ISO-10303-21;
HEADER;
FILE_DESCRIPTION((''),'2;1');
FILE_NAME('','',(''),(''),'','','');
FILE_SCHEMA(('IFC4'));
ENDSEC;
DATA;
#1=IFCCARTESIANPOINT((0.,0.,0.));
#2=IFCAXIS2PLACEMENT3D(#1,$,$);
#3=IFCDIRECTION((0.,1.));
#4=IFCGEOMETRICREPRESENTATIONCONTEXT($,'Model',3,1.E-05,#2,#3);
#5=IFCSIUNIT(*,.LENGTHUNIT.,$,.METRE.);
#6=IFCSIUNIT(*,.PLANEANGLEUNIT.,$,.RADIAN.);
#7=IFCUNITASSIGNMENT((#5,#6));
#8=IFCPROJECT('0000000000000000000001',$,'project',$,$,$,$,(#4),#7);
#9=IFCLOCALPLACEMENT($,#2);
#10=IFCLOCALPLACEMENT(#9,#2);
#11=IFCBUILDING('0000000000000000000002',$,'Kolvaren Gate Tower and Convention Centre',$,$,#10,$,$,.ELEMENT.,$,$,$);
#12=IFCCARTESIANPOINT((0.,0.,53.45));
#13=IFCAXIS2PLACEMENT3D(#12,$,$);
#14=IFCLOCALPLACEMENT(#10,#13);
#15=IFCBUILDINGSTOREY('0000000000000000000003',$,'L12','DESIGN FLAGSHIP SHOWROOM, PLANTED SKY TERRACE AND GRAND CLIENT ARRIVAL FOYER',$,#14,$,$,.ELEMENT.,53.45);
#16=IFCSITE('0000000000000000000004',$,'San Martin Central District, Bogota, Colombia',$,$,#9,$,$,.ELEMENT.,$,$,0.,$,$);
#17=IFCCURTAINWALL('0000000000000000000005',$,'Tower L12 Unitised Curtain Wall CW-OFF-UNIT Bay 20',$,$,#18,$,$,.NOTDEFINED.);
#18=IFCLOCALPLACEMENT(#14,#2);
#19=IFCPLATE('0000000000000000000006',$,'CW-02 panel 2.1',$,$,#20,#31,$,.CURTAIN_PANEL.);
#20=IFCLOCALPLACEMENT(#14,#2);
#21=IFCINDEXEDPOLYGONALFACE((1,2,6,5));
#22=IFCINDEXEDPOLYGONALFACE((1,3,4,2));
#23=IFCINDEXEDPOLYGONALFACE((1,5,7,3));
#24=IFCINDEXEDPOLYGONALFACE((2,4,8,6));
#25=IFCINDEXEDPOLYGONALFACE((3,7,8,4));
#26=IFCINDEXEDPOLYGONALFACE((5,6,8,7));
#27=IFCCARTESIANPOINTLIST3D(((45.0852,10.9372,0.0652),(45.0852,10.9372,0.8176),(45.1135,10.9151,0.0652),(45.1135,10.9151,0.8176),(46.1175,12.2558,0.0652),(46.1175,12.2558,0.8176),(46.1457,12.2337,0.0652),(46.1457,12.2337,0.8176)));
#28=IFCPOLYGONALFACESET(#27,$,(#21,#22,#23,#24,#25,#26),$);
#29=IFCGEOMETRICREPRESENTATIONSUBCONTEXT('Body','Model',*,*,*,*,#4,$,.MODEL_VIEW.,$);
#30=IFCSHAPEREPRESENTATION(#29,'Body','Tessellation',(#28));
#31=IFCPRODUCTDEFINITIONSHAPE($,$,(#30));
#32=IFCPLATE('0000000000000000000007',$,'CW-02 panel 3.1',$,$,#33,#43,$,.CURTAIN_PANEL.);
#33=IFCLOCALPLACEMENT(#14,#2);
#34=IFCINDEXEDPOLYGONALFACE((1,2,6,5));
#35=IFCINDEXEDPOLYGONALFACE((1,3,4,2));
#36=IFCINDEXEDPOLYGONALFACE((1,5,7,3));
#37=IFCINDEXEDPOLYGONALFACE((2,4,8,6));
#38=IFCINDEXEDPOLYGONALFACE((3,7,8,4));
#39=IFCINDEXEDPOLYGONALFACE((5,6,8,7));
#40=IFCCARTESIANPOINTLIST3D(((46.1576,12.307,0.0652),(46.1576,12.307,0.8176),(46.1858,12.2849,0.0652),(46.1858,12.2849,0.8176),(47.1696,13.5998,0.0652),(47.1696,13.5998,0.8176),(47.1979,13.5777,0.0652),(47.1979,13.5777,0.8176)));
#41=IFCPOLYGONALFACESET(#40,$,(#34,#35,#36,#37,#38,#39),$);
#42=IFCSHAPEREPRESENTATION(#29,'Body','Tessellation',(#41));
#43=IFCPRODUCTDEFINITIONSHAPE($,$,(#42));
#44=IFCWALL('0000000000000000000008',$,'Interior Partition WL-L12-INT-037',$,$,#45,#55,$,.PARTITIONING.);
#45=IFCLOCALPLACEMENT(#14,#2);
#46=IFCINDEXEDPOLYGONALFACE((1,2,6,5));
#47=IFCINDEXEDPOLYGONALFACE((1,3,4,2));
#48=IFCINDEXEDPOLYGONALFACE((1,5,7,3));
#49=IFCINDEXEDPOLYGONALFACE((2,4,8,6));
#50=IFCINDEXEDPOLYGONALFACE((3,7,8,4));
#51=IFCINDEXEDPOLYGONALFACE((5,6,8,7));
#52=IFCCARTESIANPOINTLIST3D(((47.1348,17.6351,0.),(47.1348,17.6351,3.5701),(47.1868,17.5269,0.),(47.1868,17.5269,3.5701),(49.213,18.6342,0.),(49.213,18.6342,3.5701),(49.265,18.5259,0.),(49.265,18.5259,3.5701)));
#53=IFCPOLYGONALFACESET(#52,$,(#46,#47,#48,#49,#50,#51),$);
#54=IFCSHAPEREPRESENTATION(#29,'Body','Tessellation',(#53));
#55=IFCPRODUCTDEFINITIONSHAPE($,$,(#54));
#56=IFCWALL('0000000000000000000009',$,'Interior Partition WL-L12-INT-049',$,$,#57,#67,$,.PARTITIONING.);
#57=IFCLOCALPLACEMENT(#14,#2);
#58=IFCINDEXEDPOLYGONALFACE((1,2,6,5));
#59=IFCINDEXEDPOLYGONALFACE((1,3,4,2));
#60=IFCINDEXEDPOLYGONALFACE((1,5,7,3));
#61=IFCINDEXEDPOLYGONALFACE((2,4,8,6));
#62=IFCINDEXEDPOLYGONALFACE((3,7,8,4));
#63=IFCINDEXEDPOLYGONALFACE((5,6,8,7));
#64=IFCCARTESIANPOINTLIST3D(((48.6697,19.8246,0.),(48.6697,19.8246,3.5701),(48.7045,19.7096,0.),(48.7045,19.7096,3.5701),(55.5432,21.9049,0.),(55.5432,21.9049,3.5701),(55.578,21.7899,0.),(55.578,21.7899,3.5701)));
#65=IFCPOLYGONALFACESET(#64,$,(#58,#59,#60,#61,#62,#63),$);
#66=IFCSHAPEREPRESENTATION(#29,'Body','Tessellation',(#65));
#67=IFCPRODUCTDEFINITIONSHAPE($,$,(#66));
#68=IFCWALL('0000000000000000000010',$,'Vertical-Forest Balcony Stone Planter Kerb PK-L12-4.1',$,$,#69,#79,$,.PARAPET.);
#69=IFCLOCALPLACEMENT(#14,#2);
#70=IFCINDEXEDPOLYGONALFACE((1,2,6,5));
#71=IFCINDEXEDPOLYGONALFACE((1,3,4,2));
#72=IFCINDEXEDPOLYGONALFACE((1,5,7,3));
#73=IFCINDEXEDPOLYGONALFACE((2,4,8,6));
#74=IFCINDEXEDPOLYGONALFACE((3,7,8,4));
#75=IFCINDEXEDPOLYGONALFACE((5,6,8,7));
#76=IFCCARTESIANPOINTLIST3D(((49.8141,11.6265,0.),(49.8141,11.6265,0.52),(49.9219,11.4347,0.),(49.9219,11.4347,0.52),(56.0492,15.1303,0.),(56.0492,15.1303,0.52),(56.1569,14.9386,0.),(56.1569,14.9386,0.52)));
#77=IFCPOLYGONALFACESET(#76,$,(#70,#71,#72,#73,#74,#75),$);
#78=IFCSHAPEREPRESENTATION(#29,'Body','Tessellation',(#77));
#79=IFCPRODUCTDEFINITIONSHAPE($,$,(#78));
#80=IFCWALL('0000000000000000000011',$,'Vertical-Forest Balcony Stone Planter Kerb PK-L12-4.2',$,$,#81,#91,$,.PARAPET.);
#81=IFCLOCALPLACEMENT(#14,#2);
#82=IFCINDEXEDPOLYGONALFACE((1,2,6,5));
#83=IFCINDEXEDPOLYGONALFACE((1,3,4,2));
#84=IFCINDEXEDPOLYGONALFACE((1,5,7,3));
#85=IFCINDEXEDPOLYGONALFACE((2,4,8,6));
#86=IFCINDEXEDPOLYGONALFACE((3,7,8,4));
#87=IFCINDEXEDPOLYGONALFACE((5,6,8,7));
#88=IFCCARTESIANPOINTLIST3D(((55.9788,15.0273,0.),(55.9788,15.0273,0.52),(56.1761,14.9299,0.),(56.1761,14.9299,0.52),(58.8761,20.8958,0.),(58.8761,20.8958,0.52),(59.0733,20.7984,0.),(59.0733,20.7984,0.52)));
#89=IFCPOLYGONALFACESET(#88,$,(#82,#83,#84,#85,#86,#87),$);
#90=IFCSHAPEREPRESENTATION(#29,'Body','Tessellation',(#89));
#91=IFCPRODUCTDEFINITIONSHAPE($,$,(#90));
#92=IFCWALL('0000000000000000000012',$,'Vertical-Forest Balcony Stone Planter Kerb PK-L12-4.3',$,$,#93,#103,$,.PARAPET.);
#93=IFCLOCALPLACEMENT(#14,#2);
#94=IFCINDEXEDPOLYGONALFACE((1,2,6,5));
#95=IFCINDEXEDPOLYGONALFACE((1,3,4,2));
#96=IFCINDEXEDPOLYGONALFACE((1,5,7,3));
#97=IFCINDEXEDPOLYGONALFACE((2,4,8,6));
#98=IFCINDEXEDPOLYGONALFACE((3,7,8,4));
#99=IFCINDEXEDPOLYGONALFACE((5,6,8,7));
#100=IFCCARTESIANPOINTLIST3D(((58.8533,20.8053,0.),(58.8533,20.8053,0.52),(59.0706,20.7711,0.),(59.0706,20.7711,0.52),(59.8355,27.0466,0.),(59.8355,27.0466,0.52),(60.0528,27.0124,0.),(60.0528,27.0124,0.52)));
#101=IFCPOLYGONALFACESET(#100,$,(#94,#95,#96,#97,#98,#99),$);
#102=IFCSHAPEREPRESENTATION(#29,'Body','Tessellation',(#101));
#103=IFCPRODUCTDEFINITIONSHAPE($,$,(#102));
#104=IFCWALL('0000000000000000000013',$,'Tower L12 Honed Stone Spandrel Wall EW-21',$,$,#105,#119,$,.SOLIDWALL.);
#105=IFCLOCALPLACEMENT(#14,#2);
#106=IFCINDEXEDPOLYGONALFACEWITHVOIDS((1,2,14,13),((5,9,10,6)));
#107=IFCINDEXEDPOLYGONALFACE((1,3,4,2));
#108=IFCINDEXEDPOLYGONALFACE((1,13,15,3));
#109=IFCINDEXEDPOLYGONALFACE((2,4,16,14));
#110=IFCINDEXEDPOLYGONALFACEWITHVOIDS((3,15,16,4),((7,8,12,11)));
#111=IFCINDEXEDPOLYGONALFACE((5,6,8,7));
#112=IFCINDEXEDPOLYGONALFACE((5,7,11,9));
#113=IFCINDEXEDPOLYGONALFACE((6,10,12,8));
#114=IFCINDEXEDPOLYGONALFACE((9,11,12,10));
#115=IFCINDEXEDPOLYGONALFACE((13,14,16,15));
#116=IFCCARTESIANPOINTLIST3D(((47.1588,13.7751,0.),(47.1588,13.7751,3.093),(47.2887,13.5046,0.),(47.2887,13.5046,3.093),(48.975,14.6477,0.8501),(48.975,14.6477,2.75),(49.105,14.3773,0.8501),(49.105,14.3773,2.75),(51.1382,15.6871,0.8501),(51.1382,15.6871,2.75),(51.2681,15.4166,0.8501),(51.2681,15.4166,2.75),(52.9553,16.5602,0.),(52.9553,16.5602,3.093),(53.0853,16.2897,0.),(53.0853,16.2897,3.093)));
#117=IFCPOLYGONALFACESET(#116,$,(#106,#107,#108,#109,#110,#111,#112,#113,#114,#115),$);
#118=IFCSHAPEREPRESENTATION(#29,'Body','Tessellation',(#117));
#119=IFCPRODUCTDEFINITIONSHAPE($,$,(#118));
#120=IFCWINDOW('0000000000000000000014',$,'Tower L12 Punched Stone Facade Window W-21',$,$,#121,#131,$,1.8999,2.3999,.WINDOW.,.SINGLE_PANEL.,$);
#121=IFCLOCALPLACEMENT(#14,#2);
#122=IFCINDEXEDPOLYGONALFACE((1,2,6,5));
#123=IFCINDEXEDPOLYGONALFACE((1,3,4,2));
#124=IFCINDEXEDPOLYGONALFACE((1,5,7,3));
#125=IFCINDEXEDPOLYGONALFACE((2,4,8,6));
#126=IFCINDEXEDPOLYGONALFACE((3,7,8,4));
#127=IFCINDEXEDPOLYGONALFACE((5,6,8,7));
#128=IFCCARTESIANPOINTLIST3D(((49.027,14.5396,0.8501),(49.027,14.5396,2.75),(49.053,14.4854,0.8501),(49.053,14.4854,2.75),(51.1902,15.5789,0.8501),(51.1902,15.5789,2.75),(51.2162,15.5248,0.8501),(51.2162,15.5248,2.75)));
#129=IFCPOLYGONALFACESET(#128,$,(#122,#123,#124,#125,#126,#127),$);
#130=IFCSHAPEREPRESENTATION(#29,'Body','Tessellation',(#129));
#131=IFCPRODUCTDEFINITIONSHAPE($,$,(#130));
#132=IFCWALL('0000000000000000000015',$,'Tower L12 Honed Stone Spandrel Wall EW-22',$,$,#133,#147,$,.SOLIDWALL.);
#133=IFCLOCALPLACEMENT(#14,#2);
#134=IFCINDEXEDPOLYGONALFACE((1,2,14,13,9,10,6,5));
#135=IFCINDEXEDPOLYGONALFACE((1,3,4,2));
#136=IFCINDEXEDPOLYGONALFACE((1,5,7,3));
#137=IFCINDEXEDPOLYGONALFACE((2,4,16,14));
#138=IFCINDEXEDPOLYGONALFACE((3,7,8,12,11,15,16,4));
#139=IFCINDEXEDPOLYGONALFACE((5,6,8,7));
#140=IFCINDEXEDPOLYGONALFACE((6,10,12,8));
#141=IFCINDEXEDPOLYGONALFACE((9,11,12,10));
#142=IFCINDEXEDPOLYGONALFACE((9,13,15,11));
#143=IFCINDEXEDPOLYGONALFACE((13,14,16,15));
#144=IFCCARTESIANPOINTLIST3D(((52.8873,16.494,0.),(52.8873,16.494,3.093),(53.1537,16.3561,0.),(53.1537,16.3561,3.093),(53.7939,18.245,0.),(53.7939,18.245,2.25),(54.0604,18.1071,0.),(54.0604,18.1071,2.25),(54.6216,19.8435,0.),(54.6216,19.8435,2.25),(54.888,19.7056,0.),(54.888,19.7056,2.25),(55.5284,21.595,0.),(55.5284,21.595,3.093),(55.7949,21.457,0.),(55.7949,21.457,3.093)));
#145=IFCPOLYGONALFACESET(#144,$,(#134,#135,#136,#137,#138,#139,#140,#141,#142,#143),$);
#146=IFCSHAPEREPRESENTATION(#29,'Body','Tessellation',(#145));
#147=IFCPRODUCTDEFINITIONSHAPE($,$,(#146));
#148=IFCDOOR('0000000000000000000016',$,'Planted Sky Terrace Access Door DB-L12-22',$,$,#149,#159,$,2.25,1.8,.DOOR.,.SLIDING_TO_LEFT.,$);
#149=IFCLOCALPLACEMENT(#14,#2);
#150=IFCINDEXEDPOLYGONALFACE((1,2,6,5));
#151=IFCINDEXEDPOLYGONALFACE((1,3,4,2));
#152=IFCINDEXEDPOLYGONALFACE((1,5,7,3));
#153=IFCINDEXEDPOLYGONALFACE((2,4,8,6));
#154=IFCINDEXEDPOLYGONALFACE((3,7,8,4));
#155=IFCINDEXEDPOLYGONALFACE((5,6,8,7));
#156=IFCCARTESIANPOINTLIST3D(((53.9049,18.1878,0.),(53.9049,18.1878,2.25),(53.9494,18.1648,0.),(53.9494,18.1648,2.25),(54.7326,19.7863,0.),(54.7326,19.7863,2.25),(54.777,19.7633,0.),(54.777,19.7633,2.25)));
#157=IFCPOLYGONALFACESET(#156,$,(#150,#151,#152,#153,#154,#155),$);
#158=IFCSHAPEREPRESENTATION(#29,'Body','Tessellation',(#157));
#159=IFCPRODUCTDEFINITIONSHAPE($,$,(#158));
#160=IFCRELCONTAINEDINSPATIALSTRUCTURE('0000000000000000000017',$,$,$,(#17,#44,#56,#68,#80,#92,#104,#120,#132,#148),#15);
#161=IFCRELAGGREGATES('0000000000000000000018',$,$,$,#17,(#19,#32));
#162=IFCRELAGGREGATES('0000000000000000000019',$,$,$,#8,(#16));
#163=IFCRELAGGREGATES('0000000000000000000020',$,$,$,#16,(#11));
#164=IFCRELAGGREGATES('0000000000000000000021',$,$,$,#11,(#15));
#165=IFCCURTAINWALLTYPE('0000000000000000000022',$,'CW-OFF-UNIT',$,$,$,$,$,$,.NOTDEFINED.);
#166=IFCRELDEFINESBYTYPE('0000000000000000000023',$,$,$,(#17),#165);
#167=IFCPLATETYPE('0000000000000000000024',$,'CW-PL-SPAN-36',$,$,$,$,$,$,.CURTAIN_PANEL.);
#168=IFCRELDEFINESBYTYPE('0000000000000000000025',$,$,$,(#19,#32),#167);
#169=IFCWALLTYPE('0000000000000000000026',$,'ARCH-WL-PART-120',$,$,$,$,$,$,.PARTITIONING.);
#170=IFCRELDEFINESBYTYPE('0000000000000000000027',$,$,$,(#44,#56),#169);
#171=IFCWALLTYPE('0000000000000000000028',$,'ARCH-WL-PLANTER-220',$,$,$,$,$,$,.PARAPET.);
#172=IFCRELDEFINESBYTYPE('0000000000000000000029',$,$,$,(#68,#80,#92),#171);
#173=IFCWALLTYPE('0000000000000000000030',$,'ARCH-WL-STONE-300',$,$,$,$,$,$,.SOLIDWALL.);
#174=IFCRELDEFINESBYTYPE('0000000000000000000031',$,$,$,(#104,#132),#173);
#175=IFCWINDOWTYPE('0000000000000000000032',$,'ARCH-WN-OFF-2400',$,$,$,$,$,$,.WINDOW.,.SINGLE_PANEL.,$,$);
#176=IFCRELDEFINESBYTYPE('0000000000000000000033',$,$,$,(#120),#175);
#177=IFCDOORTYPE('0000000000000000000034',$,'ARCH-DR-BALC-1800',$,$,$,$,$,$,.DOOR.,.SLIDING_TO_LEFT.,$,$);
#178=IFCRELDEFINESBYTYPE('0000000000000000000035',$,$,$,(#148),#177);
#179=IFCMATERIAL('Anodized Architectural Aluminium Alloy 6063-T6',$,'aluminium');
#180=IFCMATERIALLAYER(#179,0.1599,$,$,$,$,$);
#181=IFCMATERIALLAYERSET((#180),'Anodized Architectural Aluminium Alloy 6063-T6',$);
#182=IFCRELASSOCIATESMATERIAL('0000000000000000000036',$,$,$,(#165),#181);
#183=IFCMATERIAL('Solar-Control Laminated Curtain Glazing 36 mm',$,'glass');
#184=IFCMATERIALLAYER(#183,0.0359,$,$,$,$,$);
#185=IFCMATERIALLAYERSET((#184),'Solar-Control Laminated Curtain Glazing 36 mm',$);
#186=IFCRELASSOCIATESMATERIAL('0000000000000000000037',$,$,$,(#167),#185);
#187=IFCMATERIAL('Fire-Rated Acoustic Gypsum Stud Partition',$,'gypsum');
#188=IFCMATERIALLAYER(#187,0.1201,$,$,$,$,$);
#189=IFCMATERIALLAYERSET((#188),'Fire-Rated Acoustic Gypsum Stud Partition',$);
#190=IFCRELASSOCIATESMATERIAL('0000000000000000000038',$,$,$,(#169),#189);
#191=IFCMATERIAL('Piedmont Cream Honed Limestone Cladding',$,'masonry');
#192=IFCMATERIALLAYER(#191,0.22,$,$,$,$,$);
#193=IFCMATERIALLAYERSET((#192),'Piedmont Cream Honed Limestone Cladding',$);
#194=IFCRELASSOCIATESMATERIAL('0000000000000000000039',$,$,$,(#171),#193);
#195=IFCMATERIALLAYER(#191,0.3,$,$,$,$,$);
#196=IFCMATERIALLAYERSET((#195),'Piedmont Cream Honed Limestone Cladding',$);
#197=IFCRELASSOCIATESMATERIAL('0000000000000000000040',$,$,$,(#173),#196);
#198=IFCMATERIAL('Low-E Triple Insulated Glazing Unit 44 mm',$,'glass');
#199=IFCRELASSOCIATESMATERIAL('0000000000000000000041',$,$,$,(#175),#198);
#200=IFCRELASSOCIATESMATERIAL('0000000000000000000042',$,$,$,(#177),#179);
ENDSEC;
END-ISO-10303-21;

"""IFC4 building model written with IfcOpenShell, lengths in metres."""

from ifc_helpers import new_model, si_unit, direction, frame, frame_2d, origin, origin_2d, place, context, subcontext, project, spatial, rectangle, extrude, material, layer, layer_set, type_object, element, fill, aggregate, save


model = new_model("IFC4")

# Units and contexts
model_context = context("Model", 3, precision=1e-05, world=origin(), true_north=direction((0.0, 1.0)))
body_context = subcontext(model_context, "Body", "Model", "MODEL_VIEW")
ifc_project = project(units=[si_unit("LENGTHUNIT", "METRE"), si_unit("PLANEANGLEUNIT", "RADIAN")], contexts=[model_context])

# Site, building, storey
site_placement = place(None, origin())
site = spatial("IfcSite", under=ifc_project, at=site_placement, Name="San Martin Central District, Bogota, Colombia", CompositionType="ELEMENT", RefElevation=0.0)
building_placement = place(site_placement, origin())
building = spatial("IfcBuilding", under=site, at=building_placement, Name="Kolvaren Gate Tower and Convention Centre", CompositionType="ELEMENT")
storey_placement = place(building_placement, frame((0.0, 0.0, 53.45)))
storey = spatial("IfcBuildingStorey", under=building, at=storey_placement, Name="L12", Description="DESIGN FLAGSHIP SHOWROOM, PLANTED SKY TERRACE AND GRAND CLIENT ARRIVAL FOYER", CompositionType="ELEMENT", Elevation=53.45)

# Curtain wall
ifc_material_1 = material(Name="Anodized Architectural Aluminium Alloy 6063-T6", Category="aluminium")
ifc_layer_1 = layer(ifc_material_1, 0.1599)
ifc_layer_set_1 = layer_set([ifc_layer_1], Name="Anodized Architectural Aluminium Alloy 6063-T6")
curtain_wall_type = type_object("IfcCurtainWallType", Name="CW-OFF-UNIT", PredefinedType="NOTDEFINED", material=ifc_layer_set_1)
curtain_wall_placement = place(storey_placement, origin())
curtain_wall = element("IfcCurtainWall", 1, at=curtain_wall_placement, inside=storey, type_object=curtain_wall_type, Name="Tower L12 Unitised Curtain Wall CW-OFF-UNIT Bay 20", PredefinedType="NOTDEFINED")

# Plates
ifc_material_2 = material(Name="Low-E Triple Insulated Glazing Unit 44 mm", Category="glass")
ifc_material_3 = material(Name="Solar-Control Laminated Curtain Glazing 36 mm", Category="glass")
ifc_layer_2 = layer(ifc_material_3, 0.0359)
ifc_layer_set_2 = layer_set([ifc_layer_2], Name="Solar-Control Laminated Curtain Glazing 36 mm")
plate_type_1 = type_object("IfcPlateType", Name="CW-PL-SPAN-36", PredefinedType="CURTAIN_PANEL", material=ifc_layer_set_2)
plate_1_placement = place(storey_placement, frame((45.6155, 11.5854, 0.0652), z_axis=(0.0, 0.0, 1.0), x_axis=(0.616434, 0.787406, 0.0)))
plate_1 = element("IfcPlate", 2, at=plate_1_placement, type_object=plate_type_1, Name="CW-02 panel 2.1", PredefinedType="CURTAIN_PANEL", context=body_context, shape_type="SweptSolid", body=[
    extrude(rectangle(XDim=1.6746, YDim=0.0359, at=origin_2d()), origin(), (0.0, 0.0, 1.0), 0.7524),
])
plate_2_placement = place(storey_placement, frame((46.6777, 12.9424, 0.0652), z_axis=(0.0, 0.0, 1.0), x_axis=(0.616434, 0.787406, 0.0)))
plate_2 = element("IfcPlate", 3, at=plate_2_placement, type_object=plate_type_1, Name="CW-02 panel 3.1", PredefinedType="CURTAIN_PANEL", context=body_context, shape_type="SweptSolid", body=[
    extrude(rectangle(XDim=1.6418, YDim=0.0359, at=origin_2d()), origin(), (0.0, 0.0, 1.0), 0.7524),
])
aggregate(curtain_wall, [plate_1, plate_2])

# Walls
ifc_material_4 = material(Name="Fire-Rated Acoustic Gypsum Stud Partition", Category="gypsum")
ifc_layer_3 = layer(ifc_material_4, 0.1201)
ifc_layer_set_3 = layer_set([ifc_layer_3], Name="Fire-Rated Acoustic Gypsum Stud Partition")
wall_type_1 = type_object("IfcWallType", Name="ARCH-WL-PART-120", PredefinedType="PARTITIONING", material=ifc_layer_set_3)
wall_1_placement = place(storey_placement, frame((47.1609, 17.5811, 0.0), z_axis=(0.0, 0.0, 1.0), x_axis=(0.901265, 0.433268, 0.0)))
element("IfcWall", 4, at=wall_1_placement, inside=storey, type_object=wall_type_1, Name="Interior Partition WL-L12-INT-037", PredefinedType="PARTITIONING", context=body_context, shape_type="SweptSolid", body=[
    extrude(rectangle(XDim=2.3059, YDim=0.1201, at=frame_2d((1.1528, 0.0))), origin(), (0.0, 0.0, 1.0), 3.5701),
])
wall_2_placement = place(storey_placement, frame((48.687, 19.7671, 0.0), z_axis=(0.0, 0.0, 1.0), x_axis=(0.957124, 0.28968, 0.0)))
element("IfcWall", 5, at=wall_2_placement, inside=storey, type_object=wall_type_1, Name="Interior Partition WL-L12-INT-049", PredefinedType="PARTITIONING", context=body_context, shape_type="SweptSolid", body=[
    extrude(rectangle(XDim=7.1814, YDim=0.1201, at=frame_2d((3.5908, 0.0))), origin(), (0.0, 0.0, 1.0), 3.5701),
])
ifc_material_5 = material(Name="Piedmont Cream Honed Limestone Cladding", Category="masonry")
ifc_layer_4 = layer(ifc_material_5, 0.22)
ifc_layer_set_4 = layer_set([ifc_layer_4], Name="Piedmont Cream Honed Limestone Cladding")
wall_type_2 = type_object("IfcWallType", Name="ARCH-WL-PLANTER-220", PredefinedType="PARAPET", material=ifc_layer_set_4)
wall_3_placement = place(storey_placement, frame((49.8679, 11.5305, 0.0), z_axis=(0.0, 0.0, 1.0), x_axis=(0.871775, 0.489906, 0.0)))
element("IfcWall", 6, at=wall_3_placement, inside=storey, type_object=wall_type_2, Name="Vertical-Forest Balcony Stone Planter Kerb PK-L12-4.1", PredefinedType="PARAPET", context=body_context, shape_type="SweptSolid", body=[
    extrude(rectangle(XDim=7.1521, YDim=0.22, at=frame_2d((3.5762, 0.0))), origin(), (0.0, 0.0, 1.0), 0.52),
])
wall_4_placement = place(storey_placement, frame((56.0774, 14.9785, 0.0), z_axis=(0.0, 0.0, 1.0), x_axis=(0.442687, 0.896676, 0.0)))
element("IfcWall", 7, at=wall_4_placement, inside=storey, type_object=wall_type_2, Name="Vertical-Forest Balcony Stone Planter Kerb PK-L12-4.2", PredefinedType="PARAPET", context=body_context, shape_type="SweptSolid", body=[
    extrude(rectangle(XDim=6.5447, YDim=0.22, at=frame_2d((3.2725, 0.0))), origin(), (0.0, 0.0, 1.0), 0.52),
])
wall_5_placement = place(storey_placement, frame((58.9619, 20.7881, 0.0), z_axis=(0.0, 0.0, 1.0), x_axis=(0.155457, 0.987843, 0.0)))
element("IfcWall", 8, at=wall_5_placement, inside=storey, type_object=wall_type_2, Name="Vertical-Forest Balcony Stone Planter Kerb PK-L12-4.3", PredefinedType="PARAPET", context=body_context, shape_type="SweptSolid", body=[
    extrude(rectangle(XDim=6.3181, YDim=0.22, at=frame_2d((3.1592, 0.0))), origin(), (0.0, 0.0, 1.0), 0.52),
])

# Wall, opening, window
ifc_layer_5 = layer(ifc_material_5, 0.3)
ifc_layer_set_5 = layer_set([ifc_layer_5], Name="Piedmont Cream Honed Limestone Cladding")
wall_type_3 = type_object("IfcWallType", Name="ARCH-WL-STONE-300", PredefinedType="SOLIDWALL", material=ifc_layer_set_5)
wall_6_placement = place(storey_placement, frame((47.2239, 13.6399, 0.0), z_axis=(0.0, 0.0, 1.0), x_axis=(0.901355, 0.433082, 0.0)))
wall_6 = element("IfcWall", 9, at=wall_6_placement, inside=storey, type_object=wall_type_3, Name="Tower L12 Honed Stone Spandrel Wall EW-21", PredefinedType="SOLIDWALL", context=body_context, shape_type="SweptSolid", body=[
    extrude(rectangle(XDim=6.4309, YDim=0.3, at=frame_2d((3.2153, 0.0))), origin(), (0.0, 0.0, 1.0), 3.093),
])
opening_1_placement = place(wall_6_placement, frame((2.0149, 0.0, 0.8501)))
opening_1 = element("IfcOpeningElement", 10, at=opening_1_placement, cuts=wall_6, PredefinedType="OPENING", context=body_context, shape_type="SweptSolid", body=[
    extrude(rectangle(XDim=2.3999, YDim=1.8999, at=frame_2d((1.2, 0.95))), frame((0.0, 0.1599, 0.0), z_axis=(0.0, -1.0, 0.0), x_axis=(1.0, 0.0, 0.0)), (0.0, 0.0, 1.0), 0.3201),
])
window_type = type_object("IfcWindowType", Name="ARCH-WN-OFF-2400", PartitioningType="SINGLE_PANEL", PredefinedType="WINDOW", material=ifc_material_2)
window_1_placement = place(opening_1_placement, origin())
window_1 = element("IfcWindow", 11, at=window_1_placement, inside=storey, type_object=window_type, Name="Tower L12 Punched Stone Facade Window W-21", OverallHeight=1.8999, OverallWidth=2.3999, PartitioningType="SINGLE_PANEL", PredefinedType="WINDOW", context=body_context, shape_type="SweptSolid", body=[
    extrude(rectangle(XDim=2.3999, YDim=1.8999, at=frame_2d((1.2, 0.95))), frame((0.0, 0.03, 0.0), z_axis=(0.0, -1.0, 0.0), x_axis=(1.0, 0.0, 0.0)), (0.0, 0.0, 1.0), 0.0601),
])
fill(opening_1, window_1)

# Wall, opening, door
wall_7_placement = place(storey_placement, frame((53.0205, 16.425, 0.0), z_axis=(0.0, 0.0, 1.0), x_axis=(0.459801, 0.888022, 0.0)))
wall_7 = element("IfcWall", 12, at=wall_7_placement, inside=storey, type_object=wall_type_3, Name="Tower L12 Honed Stone Spandrel Wall EW-22", PredefinedType="SOLIDWALL", context=body_context, shape_type="SweptSolid", body=[
    extrude(rectangle(XDim=5.7441, YDim=0.3, at=frame_2d((2.8721, 0.0))), origin(), (0.0, 0.0, 1.0), 3.093),
])
opening_2_placement = place(wall_7_placement, frame((1.9719, 0.0, 0.0)))
opening_2 = element("IfcOpeningElement", 13, at=opening_2_placement, cuts=wall_7, PredefinedType="OPENING", context=body_context, shape_type="SweptSolid", body=[
    extrude(rectangle(XDim=1.8, YDim=2.25, at=frame_2d((0.8999, 1.125))), frame((0.0, 0.1599, 0.0), z_axis=(0.0, -1.0, 0.0), x_axis=(1.0, 0.0, 0.0)), (0.0, 0.0, 1.0), 0.3201),
])
door_type = type_object("IfcDoorType", Name="ARCH-DR-BALC-1800", OperationType="SLIDING_TO_LEFT", PredefinedType="DOOR", material=ifc_material_1)
door_placement = place(opening_2_placement, frame((1.8, 0.0, 0.0), z_axis=(0.0, 0.0, 1.0), x_axis=(-1.0, 0.0, 0.0)))
door = element("IfcDoor", 14, at=door_placement, inside=storey, type_object=door_type, Name="Planted Sky Terrace Access Door DB-L12-22", OperationType="SLIDING_TO_LEFT", OverallHeight=2.25, OverallWidth=1.8, PredefinedType="DOOR", context=body_context, shape_type="SweptSolid", body=[
    extrude(rectangle(XDim=1.8, YDim=2.25, at=frame_2d((0.8999, 1.125))), frame((0.0, 0.0249, 0.0), z_axis=(0.0, -1.0, 0.0), x_axis=(1.0, 0.0, 0.0)), (0.0, 0.0, 1.0), 0.05),
])
fill(opening_2, door)

save(model, "model.ifc")
